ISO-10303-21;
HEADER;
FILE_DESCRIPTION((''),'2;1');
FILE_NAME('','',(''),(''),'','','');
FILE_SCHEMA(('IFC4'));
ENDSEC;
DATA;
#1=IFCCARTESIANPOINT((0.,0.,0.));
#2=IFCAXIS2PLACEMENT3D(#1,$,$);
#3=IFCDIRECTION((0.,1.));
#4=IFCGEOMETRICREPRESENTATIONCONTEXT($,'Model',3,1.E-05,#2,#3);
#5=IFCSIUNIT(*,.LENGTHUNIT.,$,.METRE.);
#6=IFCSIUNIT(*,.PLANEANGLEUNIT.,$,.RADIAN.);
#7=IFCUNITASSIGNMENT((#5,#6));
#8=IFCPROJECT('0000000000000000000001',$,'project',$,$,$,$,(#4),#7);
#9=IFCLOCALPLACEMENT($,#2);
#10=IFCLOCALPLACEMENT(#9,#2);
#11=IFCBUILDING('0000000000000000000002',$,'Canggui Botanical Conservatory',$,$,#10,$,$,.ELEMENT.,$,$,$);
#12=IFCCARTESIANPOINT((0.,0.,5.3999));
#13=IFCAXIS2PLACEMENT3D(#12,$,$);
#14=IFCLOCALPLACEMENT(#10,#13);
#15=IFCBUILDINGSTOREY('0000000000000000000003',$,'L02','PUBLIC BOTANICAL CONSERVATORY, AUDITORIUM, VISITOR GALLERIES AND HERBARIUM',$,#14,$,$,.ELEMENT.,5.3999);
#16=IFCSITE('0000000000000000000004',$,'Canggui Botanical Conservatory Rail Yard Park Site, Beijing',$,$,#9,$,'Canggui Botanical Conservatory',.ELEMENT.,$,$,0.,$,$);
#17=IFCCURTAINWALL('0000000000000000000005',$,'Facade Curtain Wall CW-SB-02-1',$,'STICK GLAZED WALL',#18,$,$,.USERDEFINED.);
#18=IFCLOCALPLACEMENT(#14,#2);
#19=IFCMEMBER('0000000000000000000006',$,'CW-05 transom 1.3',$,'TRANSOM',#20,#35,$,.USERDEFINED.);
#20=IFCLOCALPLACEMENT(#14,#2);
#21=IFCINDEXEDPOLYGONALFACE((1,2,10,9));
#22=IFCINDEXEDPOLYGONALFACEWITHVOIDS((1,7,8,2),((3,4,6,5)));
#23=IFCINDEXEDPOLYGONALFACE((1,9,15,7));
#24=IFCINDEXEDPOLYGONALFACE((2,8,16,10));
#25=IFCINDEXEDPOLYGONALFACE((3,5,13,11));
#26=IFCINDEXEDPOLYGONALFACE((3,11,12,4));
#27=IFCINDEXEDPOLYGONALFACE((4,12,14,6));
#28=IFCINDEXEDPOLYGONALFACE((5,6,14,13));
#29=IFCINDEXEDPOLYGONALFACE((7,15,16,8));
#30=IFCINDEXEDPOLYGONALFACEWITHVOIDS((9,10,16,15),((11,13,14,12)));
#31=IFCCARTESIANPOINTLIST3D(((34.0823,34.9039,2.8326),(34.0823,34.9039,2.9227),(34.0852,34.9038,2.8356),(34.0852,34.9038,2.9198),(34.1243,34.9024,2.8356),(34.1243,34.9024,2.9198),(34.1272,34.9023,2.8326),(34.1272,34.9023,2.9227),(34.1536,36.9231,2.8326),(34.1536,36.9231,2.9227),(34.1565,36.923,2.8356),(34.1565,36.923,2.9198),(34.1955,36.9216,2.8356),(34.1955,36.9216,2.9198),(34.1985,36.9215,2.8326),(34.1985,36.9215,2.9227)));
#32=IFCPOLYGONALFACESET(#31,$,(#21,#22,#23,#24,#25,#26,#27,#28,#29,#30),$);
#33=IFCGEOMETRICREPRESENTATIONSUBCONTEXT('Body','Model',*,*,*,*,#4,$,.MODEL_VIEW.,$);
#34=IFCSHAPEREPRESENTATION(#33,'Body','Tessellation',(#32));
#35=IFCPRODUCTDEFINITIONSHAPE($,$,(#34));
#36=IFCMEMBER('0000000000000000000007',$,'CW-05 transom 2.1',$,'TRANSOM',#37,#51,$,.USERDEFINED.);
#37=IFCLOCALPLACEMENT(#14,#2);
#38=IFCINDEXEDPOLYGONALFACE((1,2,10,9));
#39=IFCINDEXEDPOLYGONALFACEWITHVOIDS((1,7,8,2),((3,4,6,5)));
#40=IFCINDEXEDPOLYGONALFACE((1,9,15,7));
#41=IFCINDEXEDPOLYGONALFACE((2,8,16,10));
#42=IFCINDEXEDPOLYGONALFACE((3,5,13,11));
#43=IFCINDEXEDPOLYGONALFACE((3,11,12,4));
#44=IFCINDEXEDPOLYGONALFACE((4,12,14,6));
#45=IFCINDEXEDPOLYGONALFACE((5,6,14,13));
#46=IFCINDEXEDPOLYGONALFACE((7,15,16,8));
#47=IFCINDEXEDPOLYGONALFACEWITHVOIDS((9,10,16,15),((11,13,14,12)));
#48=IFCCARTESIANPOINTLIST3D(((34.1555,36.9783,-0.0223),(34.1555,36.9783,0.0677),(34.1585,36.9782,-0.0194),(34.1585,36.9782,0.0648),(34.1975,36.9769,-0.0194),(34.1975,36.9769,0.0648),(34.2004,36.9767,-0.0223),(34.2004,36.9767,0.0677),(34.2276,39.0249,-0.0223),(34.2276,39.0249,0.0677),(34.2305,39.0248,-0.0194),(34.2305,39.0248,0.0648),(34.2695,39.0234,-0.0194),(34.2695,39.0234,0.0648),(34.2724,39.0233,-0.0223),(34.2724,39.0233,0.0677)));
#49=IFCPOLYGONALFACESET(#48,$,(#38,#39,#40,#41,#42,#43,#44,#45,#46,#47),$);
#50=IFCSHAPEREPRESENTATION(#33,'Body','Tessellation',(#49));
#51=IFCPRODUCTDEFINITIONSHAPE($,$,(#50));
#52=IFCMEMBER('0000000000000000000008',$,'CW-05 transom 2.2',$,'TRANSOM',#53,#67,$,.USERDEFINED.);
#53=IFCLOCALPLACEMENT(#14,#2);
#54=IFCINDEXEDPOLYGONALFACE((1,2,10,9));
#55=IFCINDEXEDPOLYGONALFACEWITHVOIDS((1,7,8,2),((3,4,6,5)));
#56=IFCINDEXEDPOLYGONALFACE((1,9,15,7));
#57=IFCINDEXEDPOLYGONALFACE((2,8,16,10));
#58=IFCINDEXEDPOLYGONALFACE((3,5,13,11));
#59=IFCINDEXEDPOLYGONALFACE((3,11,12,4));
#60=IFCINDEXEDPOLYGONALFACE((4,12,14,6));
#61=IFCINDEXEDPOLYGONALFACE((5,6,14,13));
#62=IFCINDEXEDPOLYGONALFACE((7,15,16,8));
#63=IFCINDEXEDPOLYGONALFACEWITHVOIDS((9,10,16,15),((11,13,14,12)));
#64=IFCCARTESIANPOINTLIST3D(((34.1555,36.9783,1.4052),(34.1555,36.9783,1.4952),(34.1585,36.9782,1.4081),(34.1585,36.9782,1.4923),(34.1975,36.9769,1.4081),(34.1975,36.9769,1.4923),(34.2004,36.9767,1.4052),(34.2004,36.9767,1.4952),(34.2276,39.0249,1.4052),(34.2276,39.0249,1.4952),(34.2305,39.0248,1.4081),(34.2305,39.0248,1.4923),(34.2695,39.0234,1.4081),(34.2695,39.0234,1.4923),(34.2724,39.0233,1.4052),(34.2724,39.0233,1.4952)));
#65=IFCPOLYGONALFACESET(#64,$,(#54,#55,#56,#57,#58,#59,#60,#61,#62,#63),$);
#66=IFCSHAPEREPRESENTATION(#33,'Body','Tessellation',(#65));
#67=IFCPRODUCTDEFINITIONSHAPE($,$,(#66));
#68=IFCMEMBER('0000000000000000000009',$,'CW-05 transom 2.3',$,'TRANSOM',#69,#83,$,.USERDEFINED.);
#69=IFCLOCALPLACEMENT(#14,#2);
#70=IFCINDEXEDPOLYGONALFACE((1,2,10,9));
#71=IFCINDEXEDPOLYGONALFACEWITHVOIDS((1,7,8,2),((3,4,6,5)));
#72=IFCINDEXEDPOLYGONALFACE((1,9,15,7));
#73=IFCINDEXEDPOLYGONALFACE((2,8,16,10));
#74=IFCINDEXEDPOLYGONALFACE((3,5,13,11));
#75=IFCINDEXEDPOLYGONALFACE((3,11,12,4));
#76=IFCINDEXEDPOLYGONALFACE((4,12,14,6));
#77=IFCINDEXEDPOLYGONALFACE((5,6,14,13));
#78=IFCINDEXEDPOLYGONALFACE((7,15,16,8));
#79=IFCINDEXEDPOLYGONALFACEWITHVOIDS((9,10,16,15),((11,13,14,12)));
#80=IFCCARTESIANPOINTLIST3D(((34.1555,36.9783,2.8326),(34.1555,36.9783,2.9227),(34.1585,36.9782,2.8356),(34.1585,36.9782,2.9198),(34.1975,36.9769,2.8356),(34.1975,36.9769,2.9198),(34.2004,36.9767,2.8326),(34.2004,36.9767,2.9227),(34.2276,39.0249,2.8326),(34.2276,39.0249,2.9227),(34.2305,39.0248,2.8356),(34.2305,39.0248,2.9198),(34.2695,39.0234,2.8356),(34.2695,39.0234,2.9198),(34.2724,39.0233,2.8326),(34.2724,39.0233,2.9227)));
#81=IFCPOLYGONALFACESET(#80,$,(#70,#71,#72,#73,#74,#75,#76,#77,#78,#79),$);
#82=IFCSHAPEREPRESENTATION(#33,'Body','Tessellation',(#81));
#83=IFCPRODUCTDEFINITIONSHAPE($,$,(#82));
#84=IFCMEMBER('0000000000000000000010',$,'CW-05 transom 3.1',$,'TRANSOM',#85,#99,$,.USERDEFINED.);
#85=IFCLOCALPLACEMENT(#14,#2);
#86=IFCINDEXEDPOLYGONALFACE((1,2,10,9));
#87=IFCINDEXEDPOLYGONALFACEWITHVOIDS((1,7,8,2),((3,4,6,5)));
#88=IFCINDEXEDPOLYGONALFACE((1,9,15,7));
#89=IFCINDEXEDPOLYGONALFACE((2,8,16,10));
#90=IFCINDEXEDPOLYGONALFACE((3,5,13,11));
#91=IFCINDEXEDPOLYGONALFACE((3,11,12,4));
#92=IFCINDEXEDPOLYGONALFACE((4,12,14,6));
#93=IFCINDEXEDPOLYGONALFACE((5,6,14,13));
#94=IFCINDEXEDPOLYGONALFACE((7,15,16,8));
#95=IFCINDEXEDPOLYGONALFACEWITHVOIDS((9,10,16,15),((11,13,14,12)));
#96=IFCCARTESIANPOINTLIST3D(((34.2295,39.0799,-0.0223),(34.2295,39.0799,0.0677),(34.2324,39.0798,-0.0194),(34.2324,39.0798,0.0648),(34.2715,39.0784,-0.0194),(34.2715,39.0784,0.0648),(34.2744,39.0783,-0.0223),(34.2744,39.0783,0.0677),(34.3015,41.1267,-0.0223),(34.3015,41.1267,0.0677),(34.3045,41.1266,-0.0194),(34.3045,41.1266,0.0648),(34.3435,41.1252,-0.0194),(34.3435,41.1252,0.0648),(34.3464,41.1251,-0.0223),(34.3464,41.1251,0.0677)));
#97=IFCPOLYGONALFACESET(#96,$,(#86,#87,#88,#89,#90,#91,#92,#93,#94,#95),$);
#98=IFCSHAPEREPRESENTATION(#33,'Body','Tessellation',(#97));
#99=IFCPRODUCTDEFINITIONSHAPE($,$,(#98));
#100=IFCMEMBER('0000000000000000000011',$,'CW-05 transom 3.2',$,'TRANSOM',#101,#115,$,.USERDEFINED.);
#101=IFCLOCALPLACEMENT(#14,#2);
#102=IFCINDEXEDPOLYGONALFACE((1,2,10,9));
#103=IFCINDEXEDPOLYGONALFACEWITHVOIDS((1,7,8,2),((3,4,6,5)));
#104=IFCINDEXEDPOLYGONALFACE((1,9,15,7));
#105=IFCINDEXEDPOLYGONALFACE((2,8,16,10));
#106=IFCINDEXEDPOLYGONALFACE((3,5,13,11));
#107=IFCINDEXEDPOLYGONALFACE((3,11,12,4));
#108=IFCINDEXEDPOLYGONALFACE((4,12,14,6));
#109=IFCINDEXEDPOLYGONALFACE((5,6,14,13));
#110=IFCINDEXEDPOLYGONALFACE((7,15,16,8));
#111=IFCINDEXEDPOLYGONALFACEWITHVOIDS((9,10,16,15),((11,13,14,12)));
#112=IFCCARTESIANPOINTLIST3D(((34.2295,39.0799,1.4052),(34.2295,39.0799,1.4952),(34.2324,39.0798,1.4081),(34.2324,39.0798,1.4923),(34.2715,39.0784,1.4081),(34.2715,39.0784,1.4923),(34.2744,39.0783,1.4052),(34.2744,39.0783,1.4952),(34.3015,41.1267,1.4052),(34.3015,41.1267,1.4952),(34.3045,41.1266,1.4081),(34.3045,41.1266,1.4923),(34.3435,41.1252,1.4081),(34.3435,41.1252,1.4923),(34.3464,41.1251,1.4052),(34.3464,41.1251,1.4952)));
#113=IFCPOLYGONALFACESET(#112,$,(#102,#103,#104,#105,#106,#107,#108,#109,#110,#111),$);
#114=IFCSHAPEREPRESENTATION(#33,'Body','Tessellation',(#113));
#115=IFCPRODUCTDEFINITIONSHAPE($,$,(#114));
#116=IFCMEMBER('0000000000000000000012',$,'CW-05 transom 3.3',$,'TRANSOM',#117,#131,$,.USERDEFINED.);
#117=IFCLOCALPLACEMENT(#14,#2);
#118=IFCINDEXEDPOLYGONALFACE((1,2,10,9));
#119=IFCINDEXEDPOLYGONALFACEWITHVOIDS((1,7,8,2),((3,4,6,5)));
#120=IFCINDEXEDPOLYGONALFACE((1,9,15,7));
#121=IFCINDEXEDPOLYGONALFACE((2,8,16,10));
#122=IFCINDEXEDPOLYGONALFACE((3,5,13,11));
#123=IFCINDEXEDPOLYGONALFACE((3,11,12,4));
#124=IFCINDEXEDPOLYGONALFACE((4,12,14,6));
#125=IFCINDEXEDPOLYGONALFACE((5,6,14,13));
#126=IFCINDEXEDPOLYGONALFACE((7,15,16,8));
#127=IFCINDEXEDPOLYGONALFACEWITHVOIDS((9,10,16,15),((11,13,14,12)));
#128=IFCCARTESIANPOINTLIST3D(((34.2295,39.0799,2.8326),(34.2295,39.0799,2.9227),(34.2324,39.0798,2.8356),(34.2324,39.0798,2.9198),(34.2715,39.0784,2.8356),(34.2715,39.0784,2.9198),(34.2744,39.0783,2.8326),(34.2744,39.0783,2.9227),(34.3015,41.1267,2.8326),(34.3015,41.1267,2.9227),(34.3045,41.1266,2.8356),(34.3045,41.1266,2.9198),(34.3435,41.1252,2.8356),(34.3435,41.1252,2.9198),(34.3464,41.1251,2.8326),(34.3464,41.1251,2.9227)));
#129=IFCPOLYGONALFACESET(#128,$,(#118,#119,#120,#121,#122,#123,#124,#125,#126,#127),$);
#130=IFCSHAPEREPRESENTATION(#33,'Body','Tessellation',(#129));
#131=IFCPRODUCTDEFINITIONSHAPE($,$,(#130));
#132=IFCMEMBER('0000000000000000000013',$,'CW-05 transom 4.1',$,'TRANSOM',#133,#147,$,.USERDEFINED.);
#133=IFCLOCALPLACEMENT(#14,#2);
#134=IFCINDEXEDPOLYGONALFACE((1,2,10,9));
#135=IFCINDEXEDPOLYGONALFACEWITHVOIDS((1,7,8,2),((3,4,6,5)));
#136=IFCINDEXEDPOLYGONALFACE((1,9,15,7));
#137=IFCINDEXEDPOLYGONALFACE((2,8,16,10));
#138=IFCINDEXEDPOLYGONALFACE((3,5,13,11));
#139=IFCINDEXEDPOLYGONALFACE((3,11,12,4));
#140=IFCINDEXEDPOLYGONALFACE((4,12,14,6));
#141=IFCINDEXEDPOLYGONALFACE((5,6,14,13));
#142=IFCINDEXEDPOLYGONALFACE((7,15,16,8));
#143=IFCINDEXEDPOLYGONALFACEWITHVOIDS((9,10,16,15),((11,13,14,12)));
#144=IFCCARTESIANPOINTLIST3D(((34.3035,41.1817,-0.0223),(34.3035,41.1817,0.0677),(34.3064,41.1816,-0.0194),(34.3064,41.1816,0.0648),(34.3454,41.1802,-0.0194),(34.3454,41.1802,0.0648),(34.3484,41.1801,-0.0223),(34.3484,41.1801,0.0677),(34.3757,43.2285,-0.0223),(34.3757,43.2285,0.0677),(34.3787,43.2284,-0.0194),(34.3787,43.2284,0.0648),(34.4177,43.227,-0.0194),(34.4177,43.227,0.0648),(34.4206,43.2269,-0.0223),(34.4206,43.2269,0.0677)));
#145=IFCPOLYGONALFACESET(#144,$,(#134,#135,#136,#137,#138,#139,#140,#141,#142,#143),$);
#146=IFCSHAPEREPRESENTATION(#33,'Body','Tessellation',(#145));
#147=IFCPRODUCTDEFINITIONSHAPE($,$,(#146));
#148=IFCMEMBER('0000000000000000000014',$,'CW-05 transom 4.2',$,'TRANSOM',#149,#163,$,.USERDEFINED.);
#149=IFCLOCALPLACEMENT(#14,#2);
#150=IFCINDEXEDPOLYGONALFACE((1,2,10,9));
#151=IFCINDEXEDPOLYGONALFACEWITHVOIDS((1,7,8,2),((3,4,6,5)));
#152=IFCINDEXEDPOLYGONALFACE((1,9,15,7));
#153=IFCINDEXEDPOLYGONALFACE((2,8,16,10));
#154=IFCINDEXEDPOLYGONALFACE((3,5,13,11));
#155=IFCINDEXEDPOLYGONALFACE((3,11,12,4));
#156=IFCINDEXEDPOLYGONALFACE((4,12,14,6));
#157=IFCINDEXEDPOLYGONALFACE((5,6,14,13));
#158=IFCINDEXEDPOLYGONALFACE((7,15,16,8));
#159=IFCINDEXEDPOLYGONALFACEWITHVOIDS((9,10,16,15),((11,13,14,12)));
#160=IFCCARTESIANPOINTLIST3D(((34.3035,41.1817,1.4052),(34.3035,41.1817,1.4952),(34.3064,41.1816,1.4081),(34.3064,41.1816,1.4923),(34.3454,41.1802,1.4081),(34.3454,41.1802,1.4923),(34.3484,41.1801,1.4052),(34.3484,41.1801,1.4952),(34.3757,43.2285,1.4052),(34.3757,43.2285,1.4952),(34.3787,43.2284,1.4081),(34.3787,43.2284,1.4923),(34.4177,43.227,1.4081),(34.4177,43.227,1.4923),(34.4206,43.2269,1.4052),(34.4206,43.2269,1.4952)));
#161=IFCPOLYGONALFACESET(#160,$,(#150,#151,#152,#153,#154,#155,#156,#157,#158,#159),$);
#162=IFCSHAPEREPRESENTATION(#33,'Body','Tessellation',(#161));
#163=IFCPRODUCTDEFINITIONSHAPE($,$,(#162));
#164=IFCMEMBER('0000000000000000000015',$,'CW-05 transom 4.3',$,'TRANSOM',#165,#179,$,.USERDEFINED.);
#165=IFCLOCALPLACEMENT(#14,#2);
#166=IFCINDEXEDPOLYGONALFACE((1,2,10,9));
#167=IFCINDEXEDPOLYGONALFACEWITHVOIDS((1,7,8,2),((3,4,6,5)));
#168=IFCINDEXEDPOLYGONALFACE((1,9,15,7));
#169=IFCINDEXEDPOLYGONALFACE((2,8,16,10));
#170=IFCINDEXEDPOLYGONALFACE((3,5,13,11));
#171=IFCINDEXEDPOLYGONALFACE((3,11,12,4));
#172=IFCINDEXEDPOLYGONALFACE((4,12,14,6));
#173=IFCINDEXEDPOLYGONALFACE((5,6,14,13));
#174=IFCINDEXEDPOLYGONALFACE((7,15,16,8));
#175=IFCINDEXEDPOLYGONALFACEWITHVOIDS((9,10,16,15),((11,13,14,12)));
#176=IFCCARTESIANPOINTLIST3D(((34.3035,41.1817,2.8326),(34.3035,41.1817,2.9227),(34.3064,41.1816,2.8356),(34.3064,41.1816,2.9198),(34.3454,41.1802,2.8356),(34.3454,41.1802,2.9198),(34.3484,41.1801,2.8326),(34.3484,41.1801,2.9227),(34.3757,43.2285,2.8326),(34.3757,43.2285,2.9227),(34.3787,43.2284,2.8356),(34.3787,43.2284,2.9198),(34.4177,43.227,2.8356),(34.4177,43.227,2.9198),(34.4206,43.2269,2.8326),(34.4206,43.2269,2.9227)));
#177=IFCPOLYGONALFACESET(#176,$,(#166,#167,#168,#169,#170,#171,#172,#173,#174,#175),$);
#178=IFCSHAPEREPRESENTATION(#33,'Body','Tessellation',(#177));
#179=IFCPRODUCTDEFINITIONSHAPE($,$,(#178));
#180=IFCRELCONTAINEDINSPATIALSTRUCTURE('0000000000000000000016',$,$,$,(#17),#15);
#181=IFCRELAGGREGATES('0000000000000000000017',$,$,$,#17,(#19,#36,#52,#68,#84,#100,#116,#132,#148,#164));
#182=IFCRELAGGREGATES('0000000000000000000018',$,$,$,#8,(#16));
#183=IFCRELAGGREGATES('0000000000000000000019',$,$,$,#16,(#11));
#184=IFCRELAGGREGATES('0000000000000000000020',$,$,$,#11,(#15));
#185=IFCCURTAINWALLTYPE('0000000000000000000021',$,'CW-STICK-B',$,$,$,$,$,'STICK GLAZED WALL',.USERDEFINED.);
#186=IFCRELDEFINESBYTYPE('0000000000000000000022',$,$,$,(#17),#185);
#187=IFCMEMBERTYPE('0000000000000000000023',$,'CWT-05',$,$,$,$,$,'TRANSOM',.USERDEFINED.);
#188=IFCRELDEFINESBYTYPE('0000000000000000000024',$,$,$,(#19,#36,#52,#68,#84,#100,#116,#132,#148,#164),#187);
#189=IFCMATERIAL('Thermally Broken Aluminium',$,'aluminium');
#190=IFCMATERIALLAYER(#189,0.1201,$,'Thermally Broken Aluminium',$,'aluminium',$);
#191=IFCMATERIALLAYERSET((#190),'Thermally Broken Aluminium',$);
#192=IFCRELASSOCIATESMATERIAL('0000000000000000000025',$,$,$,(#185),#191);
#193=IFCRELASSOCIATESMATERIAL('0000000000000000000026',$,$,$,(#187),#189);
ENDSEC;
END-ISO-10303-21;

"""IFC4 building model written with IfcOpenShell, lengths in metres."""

from ifc_helpers import new_model, si_unit, direction, frame, origin, origin_2d, place, context, subcontext, project, spatial, hollow_rectangle, extrude, material, layer, layer_set, material_profile, profile_set, type_object, element, aggregate, save


model = new_model("IFC4")

# Units and contexts
model_context = context("Model", 3, precision=1e-05, world=origin(), true_north=direction((0.0, 1.0)))
body_context = subcontext(model_context, "Body", "Model", "MODEL_VIEW")
ifc_project = project(units=[si_unit("LENGTHUNIT", "METRE"), si_unit("PLANEANGLEUNIT", "RADIAN")], contexts=[model_context])

# Site, building, storey
site_placement = place(None, origin())
site = spatial("IfcSite", under=ifc_project, at=site_placement, Name="Canggui Botanical Conservatory Rail Yard Park Site, Beijing", LongName="Canggui Botanical Conservatory", CompositionType="ELEMENT", RefElevation=0.0)
building_placement = place(site_placement, origin())
building = spatial("IfcBuilding", under=site, at=building_placement, Name="Canggui Botanical Conservatory", CompositionType="ELEMENT")
storey_placement = place(building_placement, frame((0.0, 0.0, 5.3999)))
storey = spatial("IfcBuildingStorey", under=building, at=storey_placement, Name="L02", Description="PUBLIC BOTANICAL CONSERVATORY, AUDITORIUM, VISITOR GALLERIES AND HERBARIUM", CompositionType="ELEMENT", Elevation=5.3999)

# Curtain wall, members
ifc_material_1 = material(Name="Thermally Broken Aluminium", Category="aluminium")
ifc_layer_1 = layer(ifc_material_1, 0.1201, Name="Thermally Broken Aluminium", Category="aluminium")
ifc_layer_set_1 = layer_set([ifc_layer_1], Name="Thermally Broken Aluminium")
curtain_wall_type = type_object("IfcCurtainWallType", Name="CW-STICK-B", ElementType="STICK GLAZED WALL", PredefinedType="USERDEFINED", material=ifc_layer_set_1)
curtain_wall_placement = place(storey_placement, origin())
curtain_wall = element("IfcCurtainWall", 1, at=curtain_wall_placement, inside=storey, type_object=curtain_wall_type, Name="Facade Curtain Wall CW-SB-02-1", ObjectType="STICK GLAZED WALL", PredefinedType="USERDEFINED")
ifc_material_profile_1 = material_profile(ifc_material_1, hollow_rectangle(XDim=0.0449, YDim=0.0901, WallThickness=0.0029, at=origin_2d()), Name="CWT 45x90x3")
ifc_profile_set_1 = profile_set([ifc_material_profile_1], Name="Thermally Broken Aluminium")
member_type_1 = type_object("IfcMemberType", Name="CWT-05", ElementType="TRANSOM", PredefinedType="USERDEFINED", material=ifc_profile_set_1)
member_1_placement = place(storey_placement, frame((34.1047, 34.9031, 2.8777), z_axis=(0.035282, 0.999377, 0.0), x_axis=(-0.999377, 0.035282, 0.0)))
member_1 = element("IfcMember", 2, at=member_1_placement, type_object=member_type_1, Name="CW-05 transom 1.3", ObjectType="TRANSOM", PredefinedType="USERDEFINED", context=body_context, shape_type="SweptSolid", body=[
    extrude(hollow_rectangle(XDim=0.0449, YDim=0.0901, WallThickness=0.0029, at=origin_2d()), origin(), (0.0, 0.0, 1.0), 2.0205),
])
member_2_placement = place(storey_placement, frame((34.178, 36.9775, 0.0227), z_axis=(0.035168, 0.999381, 0.0), x_axis=(-0.999381, 0.035168, 0.0)))
member_2 = element("IfcMember", 3, at=member_2_placement, type_object=member_type_1, Name="CW-05 transom 2.1", ObjectType="TRANSOM", PredefinedType="USERDEFINED", context=body_context, shape_type="SweptSolid", body=[
    extrude(hollow_rectangle(XDim=0.0449, YDim=0.0901, WallThickness=0.0029, at=origin_2d()), origin(), (0.0, 0.0, 1.0), 2.0479),
])
member_3_placement = place(storey_placement, frame((34.178, 36.9775, 1.4502), z_axis=(0.035168, 0.999381, 0.0), x_axis=(-0.999381, 0.035168, 0.0)))
member_3 = element("IfcMember", 4, at=member_3_placement, type_object=member_type_1, Name="CW-05 transom 2.2", ObjectType="TRANSOM", PredefinedType="USERDEFINED", context=body_context, shape_type="SweptSolid", body=[
    extrude(hollow_rectangle(XDim=0.0449, YDim=0.0901, WallThickness=0.0029, at=origin_2d()), origin(), (0.0, 0.0, 1.0), 2.0479),
])
member_4_placement = place(storey_placement, frame((34.178, 36.9775, 2.8777), z_axis=(0.035168, 0.999381, 0.0), x_axis=(-0.999381, 0.035168, 0.0)))
member_4 = element("IfcMember", 5, at=member_4_placement, type_object=member_type_1, Name="CW-05 transom 2.3", ObjectType="TRANSOM", PredefinedType="USERDEFINED", context=body_context, shape_type="SweptSolid", body=[
    extrude(hollow_rectangle(XDim=0.0449, YDim=0.0901, WallThickness=0.0029, at=origin_2d()), origin(), (0.0, 0.0, 1.0), 2.0479),
])
member_5_placement = place(storey_placement, frame((34.252, 39.0791, 0.0227), z_axis=(0.035164, 0.999382, 0.0), x_axis=(-0.999382, 0.035164, 0.0)))
member_5 = element("IfcMember", 6, at=member_5_placement, type_object=member_type_1, Name="CW-05 transom 3.1", ObjectType="TRANSOM", PredefinedType="USERDEFINED", context=body_context, shape_type="SweptSolid", body=[
    extrude(hollow_rectangle(XDim=0.0449, YDim=0.0901, WallThickness=0.0029, at=origin_2d()), origin(), (0.0, 0.0, 1.0), 2.0481),
])
member_6_placement = place(storey_placement, frame((34.252, 39.0791, 1.4502), z_axis=(0.035164, 0.999382, 0.0), x_axis=(-0.999382, 0.035164, 0.0)))
member_6 = element("IfcMember", 7, at=member_6_placement, type_object=member_type_1, Name="CW-05 transom 3.2", ObjectType="TRANSOM", PredefinedType="USERDEFINED", context=body_context, shape_type="SweptSolid", body=[
    extrude(hollow_rectangle(XDim=0.0449, YDim=0.0901, WallThickness=0.0029, at=origin_2d()), origin(), (0.0, 0.0, 1.0), 2.0481),
])
member_7_placement = place(storey_placement, frame((34.252, 39.0791, 2.8777), z_axis=(0.035164, 0.999382, 0.0), x_axis=(-0.999382, 0.035164, 0.0)))
member_7 = element("IfcMember", 8, at=member_7_placement, type_object=member_type_1, Name="CW-05 transom 3.3", ObjectType="TRANSOM", PredefinedType="USERDEFINED", context=body_context, shape_type="SweptSolid", body=[
    extrude(hollow_rectangle(XDim=0.0449, YDim=0.0901, WallThickness=0.0029, at=origin_2d()), origin(), (0.0, 0.0, 1.0), 2.0481),
])
member_8_placement = place(storey_placement, frame((34.3259, 41.1809, 0.0227), z_axis=(0.035283, 0.999377, 0.0), x_axis=(-0.999377, 0.035283, 0.0)))
member_8 = element("IfcMember", 9, at=member_8_placement, type_object=member_type_1, Name="CW-05 transom 4.1", ObjectType="TRANSOM", PredefinedType="USERDEFINED", context=body_context, shape_type="SweptSolid", body=[
    extrude(hollow_rectangle(XDim=0.0449, YDim=0.0901, WallThickness=0.0029, at=origin_2d()), origin(), (0.0, 0.0, 1.0), 2.0481),
])
member_9_placement = place(storey_placement, frame((34.3259, 41.1809, 1.4502), z_axis=(0.035283, 0.999377, 0.0), x_axis=(-0.999377, 0.035283, 0.0)))
member_9 = element("IfcMember", 10, at=member_9_placement, type_object=member_type_1, Name="CW-05 transom 4.2", ObjectType="TRANSOM", PredefinedType="USERDEFINED", context=body_context, shape_type="SweptSolid", body=[
    extrude(hollow_rectangle(XDim=0.0449, YDim=0.0901, WallThickness=0.0029, at=origin_2d()), origin(), (0.0, 0.0, 1.0), 2.0481),
])
member_10_placement = place(storey_placement, frame((34.3259, 41.1809, 2.8777), z_axis=(0.035283, 0.999377, 0.0), x_axis=(-0.999377, 0.035283, 0.0)))
member_10 = element("IfcMember", 11, at=member_10_placement, type_object=member_type_1, Name="CW-05 transom 4.3", ObjectType="TRANSOM", PredefinedType="USERDEFINED", context=body_context, shape_type="SweptSolid", body=[
    extrude(hollow_rectangle(XDim=0.0449, YDim=0.0901, WallThickness=0.0029, at=origin_2d()), origin(), (0.0, 0.0, 1.0), 2.0481),
])

aggregate(curtain_wall, [member_1, member_2, member_3, member_4, member_5, member_6, member_7, member_8, member_9, member_10])

save(model, "model.ifc")
